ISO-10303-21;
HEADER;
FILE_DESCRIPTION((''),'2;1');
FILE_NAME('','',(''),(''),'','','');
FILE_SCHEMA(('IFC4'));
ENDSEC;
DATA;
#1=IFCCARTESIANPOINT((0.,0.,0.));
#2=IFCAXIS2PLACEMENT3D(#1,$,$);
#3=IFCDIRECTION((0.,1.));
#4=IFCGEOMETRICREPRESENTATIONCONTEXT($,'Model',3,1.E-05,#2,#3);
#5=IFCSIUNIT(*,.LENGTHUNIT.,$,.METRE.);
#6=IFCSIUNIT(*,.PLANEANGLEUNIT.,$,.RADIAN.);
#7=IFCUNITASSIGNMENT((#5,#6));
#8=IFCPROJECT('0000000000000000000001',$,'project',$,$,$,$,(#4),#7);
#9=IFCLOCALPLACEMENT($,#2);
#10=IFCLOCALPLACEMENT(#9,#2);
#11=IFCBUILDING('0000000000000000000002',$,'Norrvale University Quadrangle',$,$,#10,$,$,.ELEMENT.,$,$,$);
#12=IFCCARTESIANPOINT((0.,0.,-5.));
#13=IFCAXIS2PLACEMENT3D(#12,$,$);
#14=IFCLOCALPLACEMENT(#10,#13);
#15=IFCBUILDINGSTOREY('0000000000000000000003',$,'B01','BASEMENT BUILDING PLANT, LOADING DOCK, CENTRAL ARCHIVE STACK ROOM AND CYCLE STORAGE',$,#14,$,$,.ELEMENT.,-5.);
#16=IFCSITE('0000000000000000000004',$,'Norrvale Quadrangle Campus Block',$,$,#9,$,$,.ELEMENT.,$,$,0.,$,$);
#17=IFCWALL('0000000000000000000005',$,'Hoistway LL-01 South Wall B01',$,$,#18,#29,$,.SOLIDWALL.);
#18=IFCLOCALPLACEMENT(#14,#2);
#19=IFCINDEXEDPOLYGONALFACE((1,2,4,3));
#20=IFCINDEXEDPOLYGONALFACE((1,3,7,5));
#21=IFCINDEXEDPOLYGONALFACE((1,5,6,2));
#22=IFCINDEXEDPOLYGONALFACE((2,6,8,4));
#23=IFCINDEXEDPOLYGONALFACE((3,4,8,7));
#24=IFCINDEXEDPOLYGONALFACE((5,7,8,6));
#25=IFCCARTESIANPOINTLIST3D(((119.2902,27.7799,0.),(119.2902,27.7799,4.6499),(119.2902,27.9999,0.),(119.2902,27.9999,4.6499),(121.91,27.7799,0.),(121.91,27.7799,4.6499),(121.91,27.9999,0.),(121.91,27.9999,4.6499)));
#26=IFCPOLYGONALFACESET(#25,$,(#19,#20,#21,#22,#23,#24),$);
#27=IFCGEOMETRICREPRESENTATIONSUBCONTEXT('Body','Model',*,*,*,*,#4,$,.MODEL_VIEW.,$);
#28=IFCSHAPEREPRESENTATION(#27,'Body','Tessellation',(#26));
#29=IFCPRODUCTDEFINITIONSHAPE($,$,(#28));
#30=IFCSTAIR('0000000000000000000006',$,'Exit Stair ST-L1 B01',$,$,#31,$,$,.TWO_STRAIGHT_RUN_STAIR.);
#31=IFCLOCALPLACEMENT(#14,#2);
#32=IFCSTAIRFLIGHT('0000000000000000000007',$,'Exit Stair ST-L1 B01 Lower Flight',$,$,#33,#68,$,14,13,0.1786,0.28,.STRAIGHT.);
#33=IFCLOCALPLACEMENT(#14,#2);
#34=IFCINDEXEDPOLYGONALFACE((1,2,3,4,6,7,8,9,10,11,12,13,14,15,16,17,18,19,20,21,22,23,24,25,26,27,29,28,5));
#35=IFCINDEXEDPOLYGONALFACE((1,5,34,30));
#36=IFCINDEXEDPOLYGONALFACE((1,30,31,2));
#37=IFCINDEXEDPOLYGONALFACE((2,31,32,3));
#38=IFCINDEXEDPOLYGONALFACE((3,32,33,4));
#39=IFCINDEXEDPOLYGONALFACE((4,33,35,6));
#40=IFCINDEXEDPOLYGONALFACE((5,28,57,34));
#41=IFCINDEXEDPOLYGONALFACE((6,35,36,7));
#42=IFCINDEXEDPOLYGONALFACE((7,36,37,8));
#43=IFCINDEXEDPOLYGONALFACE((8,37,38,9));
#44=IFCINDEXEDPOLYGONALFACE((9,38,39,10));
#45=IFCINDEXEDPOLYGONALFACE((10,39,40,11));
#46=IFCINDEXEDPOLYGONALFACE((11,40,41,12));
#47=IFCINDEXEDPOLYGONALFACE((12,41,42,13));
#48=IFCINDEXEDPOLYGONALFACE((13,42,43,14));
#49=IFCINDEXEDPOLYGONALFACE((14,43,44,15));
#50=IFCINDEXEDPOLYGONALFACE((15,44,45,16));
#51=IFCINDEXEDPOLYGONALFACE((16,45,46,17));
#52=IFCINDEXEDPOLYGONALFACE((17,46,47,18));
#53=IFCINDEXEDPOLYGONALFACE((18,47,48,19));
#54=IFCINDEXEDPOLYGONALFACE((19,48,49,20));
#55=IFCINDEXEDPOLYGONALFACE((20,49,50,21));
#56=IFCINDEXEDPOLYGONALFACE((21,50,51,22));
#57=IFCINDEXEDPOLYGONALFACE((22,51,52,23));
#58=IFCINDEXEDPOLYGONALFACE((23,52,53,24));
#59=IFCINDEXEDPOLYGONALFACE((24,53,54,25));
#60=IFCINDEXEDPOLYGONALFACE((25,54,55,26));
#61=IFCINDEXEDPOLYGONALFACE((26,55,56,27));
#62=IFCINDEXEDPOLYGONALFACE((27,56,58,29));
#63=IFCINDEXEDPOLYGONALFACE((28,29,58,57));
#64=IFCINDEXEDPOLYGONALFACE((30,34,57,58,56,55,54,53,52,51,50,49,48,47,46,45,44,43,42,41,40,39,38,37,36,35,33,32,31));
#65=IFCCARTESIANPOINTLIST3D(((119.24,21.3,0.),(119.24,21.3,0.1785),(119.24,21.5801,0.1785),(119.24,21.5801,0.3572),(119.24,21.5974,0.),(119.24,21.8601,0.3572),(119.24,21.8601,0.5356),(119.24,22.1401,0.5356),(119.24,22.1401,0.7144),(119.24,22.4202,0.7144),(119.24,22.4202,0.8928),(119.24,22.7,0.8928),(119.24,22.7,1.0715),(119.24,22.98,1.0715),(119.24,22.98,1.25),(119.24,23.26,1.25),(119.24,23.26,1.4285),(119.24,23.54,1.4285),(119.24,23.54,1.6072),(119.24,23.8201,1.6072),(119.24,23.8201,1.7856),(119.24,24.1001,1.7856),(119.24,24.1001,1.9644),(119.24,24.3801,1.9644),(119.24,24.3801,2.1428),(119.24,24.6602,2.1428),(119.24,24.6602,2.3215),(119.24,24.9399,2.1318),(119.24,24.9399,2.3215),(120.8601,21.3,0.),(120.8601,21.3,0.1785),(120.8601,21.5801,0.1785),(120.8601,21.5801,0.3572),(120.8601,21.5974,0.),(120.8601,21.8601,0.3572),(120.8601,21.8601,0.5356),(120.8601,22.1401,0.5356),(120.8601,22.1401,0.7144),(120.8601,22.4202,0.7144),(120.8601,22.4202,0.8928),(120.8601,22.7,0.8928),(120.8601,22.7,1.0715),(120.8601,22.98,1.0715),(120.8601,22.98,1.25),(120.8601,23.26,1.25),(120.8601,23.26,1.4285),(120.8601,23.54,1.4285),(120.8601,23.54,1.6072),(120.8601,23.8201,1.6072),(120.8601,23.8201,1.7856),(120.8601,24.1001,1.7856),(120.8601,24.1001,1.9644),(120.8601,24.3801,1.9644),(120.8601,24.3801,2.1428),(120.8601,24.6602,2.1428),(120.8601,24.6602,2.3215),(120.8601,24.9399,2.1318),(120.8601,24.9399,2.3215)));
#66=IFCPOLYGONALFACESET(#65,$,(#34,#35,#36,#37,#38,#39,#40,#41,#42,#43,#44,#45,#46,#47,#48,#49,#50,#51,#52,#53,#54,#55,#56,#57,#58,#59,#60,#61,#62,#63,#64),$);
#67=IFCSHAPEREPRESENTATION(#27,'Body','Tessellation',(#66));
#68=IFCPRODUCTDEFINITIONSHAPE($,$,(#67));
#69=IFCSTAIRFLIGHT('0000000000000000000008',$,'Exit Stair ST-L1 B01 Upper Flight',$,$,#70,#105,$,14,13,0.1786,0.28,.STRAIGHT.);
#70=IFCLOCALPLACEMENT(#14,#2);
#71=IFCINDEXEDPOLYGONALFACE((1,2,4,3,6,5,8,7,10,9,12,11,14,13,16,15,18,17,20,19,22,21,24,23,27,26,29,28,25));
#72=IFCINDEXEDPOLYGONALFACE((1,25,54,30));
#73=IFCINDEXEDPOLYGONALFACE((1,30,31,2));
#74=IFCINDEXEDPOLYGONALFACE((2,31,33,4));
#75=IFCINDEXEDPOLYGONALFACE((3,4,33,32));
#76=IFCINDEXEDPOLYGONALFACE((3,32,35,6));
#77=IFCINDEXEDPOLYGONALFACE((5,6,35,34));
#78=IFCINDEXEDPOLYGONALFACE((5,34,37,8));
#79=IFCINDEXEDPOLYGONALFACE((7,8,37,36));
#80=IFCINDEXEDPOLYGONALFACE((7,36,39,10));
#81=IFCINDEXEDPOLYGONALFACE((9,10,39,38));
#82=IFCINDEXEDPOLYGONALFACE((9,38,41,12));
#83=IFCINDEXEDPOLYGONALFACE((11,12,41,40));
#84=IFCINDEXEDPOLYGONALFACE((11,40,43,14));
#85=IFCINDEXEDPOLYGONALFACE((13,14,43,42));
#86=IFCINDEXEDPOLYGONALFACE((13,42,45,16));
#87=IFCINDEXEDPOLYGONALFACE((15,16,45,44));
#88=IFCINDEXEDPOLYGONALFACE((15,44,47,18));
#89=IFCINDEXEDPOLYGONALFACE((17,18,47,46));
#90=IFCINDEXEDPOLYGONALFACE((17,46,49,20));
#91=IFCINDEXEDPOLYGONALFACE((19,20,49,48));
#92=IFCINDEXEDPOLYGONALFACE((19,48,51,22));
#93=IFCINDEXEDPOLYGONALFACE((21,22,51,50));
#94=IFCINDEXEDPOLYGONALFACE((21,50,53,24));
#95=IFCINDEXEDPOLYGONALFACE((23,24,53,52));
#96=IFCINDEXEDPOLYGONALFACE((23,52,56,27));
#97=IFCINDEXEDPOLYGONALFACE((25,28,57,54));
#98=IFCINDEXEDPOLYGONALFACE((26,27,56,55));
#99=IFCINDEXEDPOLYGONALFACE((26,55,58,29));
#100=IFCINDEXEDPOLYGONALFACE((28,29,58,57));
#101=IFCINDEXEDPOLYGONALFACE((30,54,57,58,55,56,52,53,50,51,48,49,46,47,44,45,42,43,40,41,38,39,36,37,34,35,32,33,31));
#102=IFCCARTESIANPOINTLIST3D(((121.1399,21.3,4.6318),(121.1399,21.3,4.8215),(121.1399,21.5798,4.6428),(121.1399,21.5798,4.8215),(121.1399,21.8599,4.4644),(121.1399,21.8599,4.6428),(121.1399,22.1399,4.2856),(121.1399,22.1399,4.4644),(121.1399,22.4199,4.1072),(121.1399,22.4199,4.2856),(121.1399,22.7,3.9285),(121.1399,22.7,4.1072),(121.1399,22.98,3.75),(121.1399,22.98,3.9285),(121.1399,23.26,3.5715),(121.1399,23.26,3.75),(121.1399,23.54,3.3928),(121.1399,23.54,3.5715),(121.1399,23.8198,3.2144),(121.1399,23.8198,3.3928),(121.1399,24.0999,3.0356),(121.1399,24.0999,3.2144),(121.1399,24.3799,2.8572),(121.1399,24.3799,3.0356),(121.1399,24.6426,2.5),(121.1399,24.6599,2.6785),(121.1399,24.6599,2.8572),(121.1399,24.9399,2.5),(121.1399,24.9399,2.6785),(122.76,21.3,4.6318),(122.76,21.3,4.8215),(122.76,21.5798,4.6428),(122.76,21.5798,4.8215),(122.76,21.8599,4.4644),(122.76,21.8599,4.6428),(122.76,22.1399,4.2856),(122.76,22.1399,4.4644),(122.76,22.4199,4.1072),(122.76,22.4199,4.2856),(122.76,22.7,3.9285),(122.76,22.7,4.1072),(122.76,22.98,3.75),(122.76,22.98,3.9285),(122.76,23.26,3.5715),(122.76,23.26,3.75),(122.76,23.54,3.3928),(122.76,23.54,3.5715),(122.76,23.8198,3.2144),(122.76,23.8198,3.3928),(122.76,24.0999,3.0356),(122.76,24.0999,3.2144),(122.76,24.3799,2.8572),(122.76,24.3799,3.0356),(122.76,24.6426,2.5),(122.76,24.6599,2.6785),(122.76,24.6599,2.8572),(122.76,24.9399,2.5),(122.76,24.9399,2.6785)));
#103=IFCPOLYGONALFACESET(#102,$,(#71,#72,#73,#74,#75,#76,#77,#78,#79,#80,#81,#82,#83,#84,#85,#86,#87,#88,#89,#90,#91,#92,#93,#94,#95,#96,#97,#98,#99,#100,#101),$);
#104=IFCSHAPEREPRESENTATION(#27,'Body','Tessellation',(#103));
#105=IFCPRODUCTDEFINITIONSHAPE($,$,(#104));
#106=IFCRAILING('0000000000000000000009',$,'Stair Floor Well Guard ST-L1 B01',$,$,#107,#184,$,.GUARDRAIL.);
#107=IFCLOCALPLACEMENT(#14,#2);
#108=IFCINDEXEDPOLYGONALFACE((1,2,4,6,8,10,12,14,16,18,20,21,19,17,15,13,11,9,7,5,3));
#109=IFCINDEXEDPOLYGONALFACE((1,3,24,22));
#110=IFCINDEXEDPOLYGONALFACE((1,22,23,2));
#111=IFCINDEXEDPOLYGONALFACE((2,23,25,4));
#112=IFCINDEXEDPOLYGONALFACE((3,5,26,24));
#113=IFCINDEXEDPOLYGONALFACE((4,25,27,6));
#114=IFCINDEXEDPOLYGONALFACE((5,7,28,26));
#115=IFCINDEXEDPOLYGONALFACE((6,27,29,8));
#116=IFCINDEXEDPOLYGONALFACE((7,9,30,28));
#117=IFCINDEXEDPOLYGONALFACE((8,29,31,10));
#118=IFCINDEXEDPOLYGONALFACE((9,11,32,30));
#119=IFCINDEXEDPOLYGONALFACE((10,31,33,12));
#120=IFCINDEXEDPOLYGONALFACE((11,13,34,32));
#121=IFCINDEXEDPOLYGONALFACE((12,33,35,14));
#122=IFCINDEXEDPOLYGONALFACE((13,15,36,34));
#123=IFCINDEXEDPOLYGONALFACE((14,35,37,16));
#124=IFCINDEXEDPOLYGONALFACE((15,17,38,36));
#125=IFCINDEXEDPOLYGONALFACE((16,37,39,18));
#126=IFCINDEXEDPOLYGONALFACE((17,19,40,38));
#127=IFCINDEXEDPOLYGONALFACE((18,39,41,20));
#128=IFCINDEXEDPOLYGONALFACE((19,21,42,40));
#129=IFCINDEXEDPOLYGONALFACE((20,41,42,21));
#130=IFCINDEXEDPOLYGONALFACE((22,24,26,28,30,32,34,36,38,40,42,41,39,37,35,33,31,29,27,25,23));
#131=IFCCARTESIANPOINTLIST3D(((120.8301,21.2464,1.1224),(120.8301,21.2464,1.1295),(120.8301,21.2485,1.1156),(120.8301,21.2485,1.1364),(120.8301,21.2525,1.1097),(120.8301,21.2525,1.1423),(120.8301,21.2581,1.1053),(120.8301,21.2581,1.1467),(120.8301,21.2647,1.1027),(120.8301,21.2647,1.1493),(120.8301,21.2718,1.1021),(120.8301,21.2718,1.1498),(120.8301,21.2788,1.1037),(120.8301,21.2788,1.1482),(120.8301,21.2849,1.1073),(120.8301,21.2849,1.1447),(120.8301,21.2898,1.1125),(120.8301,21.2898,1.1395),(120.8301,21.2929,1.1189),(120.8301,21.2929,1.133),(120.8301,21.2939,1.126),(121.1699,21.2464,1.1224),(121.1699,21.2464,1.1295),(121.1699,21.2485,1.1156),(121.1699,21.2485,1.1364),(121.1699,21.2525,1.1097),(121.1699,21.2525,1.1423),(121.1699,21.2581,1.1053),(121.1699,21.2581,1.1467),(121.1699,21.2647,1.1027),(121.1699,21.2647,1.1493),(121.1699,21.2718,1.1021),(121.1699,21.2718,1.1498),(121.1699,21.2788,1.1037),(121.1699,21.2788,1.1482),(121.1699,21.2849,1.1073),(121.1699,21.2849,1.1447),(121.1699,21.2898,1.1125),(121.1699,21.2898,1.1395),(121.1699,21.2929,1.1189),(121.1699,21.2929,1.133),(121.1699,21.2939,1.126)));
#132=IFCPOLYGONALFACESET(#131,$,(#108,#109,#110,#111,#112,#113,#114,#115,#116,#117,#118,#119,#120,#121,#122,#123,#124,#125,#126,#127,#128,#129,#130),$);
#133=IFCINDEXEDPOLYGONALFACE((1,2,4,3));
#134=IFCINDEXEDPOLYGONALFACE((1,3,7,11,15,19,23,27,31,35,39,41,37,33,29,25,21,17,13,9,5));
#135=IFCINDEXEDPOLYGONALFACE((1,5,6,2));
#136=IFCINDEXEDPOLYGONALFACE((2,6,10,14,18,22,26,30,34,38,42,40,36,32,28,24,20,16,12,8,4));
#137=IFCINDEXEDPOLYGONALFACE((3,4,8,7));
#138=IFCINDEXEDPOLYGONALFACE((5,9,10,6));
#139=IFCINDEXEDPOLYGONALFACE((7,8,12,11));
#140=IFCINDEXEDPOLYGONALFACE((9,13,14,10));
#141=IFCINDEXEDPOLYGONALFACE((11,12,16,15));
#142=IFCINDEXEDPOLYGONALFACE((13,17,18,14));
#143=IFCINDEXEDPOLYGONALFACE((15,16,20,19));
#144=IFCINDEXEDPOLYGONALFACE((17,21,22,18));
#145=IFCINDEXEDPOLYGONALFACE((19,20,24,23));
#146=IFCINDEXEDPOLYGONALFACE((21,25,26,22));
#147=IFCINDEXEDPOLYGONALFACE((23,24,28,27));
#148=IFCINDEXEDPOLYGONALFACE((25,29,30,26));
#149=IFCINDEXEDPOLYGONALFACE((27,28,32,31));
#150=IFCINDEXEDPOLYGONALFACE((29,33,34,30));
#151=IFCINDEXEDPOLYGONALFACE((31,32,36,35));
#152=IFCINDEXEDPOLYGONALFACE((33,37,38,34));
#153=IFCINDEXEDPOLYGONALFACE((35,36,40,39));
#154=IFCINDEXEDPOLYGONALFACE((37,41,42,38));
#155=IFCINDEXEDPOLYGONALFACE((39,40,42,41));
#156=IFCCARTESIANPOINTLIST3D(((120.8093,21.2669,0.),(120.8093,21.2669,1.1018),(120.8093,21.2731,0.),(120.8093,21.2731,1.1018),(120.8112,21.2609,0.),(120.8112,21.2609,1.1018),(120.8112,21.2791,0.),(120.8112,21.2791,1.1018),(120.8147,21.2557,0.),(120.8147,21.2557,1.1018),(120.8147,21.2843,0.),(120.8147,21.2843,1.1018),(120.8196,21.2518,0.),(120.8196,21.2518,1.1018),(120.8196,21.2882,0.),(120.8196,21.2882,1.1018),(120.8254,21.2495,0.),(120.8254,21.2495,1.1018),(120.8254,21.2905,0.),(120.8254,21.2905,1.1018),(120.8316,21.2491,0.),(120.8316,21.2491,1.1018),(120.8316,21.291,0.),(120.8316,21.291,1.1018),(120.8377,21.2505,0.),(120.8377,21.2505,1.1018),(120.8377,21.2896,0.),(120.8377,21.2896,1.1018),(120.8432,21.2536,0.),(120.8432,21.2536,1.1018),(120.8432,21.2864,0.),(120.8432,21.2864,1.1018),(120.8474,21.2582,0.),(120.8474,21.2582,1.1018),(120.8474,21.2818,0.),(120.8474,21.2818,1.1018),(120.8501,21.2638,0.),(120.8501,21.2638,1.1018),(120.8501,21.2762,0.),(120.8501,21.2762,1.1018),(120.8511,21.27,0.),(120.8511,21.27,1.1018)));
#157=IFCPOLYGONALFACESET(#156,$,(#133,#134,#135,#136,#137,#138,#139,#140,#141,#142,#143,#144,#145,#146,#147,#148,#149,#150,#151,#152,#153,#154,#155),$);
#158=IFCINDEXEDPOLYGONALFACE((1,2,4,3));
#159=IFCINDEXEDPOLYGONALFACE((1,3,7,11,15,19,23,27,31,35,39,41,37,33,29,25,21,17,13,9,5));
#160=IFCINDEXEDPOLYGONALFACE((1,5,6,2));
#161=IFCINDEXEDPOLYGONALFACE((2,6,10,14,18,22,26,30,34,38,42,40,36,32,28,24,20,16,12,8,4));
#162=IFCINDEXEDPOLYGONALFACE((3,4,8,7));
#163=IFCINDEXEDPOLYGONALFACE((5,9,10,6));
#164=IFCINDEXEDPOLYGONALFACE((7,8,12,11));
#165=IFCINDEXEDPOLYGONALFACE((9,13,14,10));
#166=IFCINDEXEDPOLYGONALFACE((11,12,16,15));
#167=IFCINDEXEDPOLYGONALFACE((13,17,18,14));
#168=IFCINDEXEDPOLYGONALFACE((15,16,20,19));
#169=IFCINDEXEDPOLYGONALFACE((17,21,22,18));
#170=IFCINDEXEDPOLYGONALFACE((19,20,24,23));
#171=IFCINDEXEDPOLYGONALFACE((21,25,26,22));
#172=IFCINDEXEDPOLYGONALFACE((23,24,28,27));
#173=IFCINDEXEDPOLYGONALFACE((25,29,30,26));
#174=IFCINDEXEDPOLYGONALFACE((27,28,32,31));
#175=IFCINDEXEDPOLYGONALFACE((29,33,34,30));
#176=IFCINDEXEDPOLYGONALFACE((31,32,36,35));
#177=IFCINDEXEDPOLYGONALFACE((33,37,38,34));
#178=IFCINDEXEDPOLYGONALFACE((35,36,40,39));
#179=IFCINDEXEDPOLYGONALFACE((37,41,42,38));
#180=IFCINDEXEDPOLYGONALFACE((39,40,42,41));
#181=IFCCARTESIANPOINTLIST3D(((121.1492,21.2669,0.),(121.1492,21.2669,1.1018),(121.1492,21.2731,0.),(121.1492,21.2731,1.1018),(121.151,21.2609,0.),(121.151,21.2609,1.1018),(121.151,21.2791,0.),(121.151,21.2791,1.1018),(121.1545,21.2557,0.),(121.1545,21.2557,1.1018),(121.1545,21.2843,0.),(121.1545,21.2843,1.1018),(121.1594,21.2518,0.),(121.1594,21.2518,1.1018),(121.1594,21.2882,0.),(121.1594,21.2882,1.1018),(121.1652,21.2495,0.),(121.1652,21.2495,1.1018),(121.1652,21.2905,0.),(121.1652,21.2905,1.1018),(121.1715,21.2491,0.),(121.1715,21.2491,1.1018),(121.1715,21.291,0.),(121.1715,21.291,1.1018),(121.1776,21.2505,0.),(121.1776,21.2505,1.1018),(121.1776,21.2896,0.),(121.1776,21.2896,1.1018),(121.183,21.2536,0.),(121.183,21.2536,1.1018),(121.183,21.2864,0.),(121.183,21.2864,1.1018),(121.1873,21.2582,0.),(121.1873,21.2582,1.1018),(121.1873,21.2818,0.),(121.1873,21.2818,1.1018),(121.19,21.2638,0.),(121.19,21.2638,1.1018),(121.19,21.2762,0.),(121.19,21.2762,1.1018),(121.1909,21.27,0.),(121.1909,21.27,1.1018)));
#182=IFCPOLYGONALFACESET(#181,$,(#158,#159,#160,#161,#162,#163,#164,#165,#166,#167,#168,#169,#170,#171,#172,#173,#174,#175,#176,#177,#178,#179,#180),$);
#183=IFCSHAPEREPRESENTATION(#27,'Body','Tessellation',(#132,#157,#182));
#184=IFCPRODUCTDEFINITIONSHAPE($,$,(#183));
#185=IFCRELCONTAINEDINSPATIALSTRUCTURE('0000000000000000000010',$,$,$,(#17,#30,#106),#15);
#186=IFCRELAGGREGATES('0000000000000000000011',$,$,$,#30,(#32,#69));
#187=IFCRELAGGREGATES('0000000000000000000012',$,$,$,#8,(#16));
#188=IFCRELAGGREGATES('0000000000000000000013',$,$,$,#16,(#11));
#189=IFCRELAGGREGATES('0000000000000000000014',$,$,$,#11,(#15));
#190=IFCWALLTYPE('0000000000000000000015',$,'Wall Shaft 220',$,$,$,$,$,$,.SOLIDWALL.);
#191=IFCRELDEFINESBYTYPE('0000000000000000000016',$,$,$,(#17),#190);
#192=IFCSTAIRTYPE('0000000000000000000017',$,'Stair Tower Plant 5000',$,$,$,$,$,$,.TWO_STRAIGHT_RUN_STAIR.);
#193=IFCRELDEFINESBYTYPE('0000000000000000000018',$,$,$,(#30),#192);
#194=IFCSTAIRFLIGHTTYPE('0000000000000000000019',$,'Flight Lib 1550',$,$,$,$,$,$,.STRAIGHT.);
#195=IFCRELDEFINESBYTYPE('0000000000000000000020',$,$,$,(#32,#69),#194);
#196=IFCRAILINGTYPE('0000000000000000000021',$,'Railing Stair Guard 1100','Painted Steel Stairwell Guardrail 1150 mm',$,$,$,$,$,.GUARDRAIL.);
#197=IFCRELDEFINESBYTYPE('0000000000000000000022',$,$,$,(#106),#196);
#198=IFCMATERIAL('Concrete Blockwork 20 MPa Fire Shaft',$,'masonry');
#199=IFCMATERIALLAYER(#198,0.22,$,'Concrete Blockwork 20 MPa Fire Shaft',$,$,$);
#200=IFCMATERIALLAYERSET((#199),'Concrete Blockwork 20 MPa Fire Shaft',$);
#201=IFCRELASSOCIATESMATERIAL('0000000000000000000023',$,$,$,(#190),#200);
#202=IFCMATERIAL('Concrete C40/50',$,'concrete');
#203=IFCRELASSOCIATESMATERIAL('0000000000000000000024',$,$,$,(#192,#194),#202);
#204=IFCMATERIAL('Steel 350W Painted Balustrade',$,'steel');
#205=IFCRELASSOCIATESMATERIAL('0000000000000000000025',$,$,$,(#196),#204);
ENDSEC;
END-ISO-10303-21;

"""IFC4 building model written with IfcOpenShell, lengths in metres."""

from ifc_helpers import new_model, si_unit, direction, frame, frame_2d, origin, origin_2d, place, context, subcontext, project, spatial, polyline, rectangle, circle, outline, extrude, material, layer, layer_set, type_object, element, aggregate, save


model = new_model("IFC4")

# Units and contexts
model_context = context("Model", 3, precision=1e-05, world=origin(), true_north=direction((0.0, 1.0)))
body_context = subcontext(model_context, "Body", "Model", "MODEL_VIEW")
ifc_project = project(units=[si_unit("LENGTHUNIT", "METRE"), si_unit("PLANEANGLEUNIT", "RADIAN")], contexts=[model_context])

# Site, building, storey
site_placement = place(None, origin())
site = spatial("IfcSite", under=ifc_project, at=site_placement, Name="Norrvale Quadrangle Campus Block", CompositionType="ELEMENT", RefElevation=0.0)
building_placement = place(site_placement, origin())
building = spatial("IfcBuilding", under=site, at=building_placement, Name="Norrvale University Quadrangle", CompositionType="ELEMENT")
storey_placement = place(building_placement, frame((0.0, 0.0, -5.0)))
storey = spatial("IfcBuildingStorey", under=building, at=storey_placement, Name="B01", Description="BASEMENT BUILDING PLANT, LOADING DOCK, CENTRAL ARCHIVE STACK ROOM AND CYCLE STORAGE", CompositionType="ELEMENT", Elevation=-5.0)

# Shared definitions
ifc_material_1 = material(Name="Concrete Blockwork 20 MPa Fire Shaft", Category="masonry")
ifc_layer_1 = layer(ifc_material_1, 0.22, Name="Concrete Blockwork 20 MPa Fire Shaft")
ifc_layer_set_1 = layer_set([ifc_layer_1], Name="Concrete Blockwork 20 MPa Fire Shaft")
wall_type_1 = type_object("IfcWallType", Name="Wall Shaft 220", PredefinedType="SOLIDWALL", material=ifc_layer_set_1)

# Wall
wall_1_placement = place(storey_placement, frame((119.29, 27.8899, 0.0), z_axis=(0.0, 0.0, 1.0), x_axis=(1.0, 0.0, 0.0)))
element("IfcWall", 1, at=wall_1_placement, inside=storey, type_object=wall_type_1, Name="Hoistway LL-01 South Wall B01", PredefinedType="SOLIDWALL", context=body_context, shape_type="SweptSolid", body=[
    extrude(rectangle(XDim=2.6199, YDim=0.22, at=frame_2d((1.3101, 0.0))), origin(), (0.0, 0.0, 1.0), 4.6499),
])

# Stair, stair flights
ifc_material_2 = material(Name="Concrete C40/50", Category="concrete")
stair_type = type_object("IfcStairType", Name="Stair Tower Plant 5000", PredefinedType="TWO_STRAIGHT_RUN_STAIR", material=ifc_material_2)
stair_placement = place(storey_placement, origin())
stair = element("IfcStair", 2, at=stair_placement, inside=storey, type_object=stair_type, Name="Exit Stair ST-L1 B01", PredefinedType="TWO_STRAIGHT_RUN_STAIR")
stair_flight_type = type_object("IfcStairFlightType", Name="Flight Lib 1550", PredefinedType="STRAIGHT", material=ifc_material_2)
stair_flight_1_placement = place(storey_placement, frame((120.05, 21.3, 0.0), z_axis=(0.0, 0.0, 1.0), x_axis=(0.0, 1.0, 0.0)))
stair_flight_1 = element("IfcStairFlight", 3, at=stair_flight_1_placement, type_object=stair_flight_type, Name="Exit Stair ST-L1 B01 Lower Flight", NumberOfRisers=14, NumberOfTreads=13, PredefinedType="STRAIGHT", RiserHeight=0.1786, TreadLength=0.28, context=body_context, shape_type="SweptSolid", body=[
    extrude(outline(polyline([(0.0, 0.0), (0.0, 0.1785), (0.28, 0.1785), (0.28, 0.3572), (0.5601, 0.3572), (0.5601, 0.5356), (0.8401, 0.5356), (0.8401, 0.7144), (1.1201, 0.7144), (1.1201, 0.8928), (1.3999, 0.8928), (1.3999, 1.0715), (1.6799, 1.0715), (1.6799, 1.25), (1.96, 1.25), (1.96, 1.4285), (2.24, 1.4285), (2.24, 1.6072), (2.52, 1.6072), (2.52, 1.7856), (2.8, 1.7856), (2.8, 1.9644), (3.0801, 1.9644), (3.0801, 2.1428), (3.3601, 2.1428), (3.3601, 2.3215), (3.6399, 2.3215), (3.6399, 2.5), (3.6399, 2.1318), (0.2974, 0.0), (0.0, 0.0)])), frame((0.0, 0.8101, 0.0), z_axis=(0.0, -1.0, 0.0), x_axis=(1.0, 0.0, 0.0)), (0.0, 0.0, 1.0), 1.6201),
])
stair_flight_2_placement = place(storey_placement, frame((121.95, 24.9399, 2.5), z_axis=(0.0, 0.0, 1.0), x_axis=(0.0, -1.0, 0.0)))
stair_flight_2 = element("IfcStairFlight", 4, at=stair_flight_2_placement, type_object=stair_flight_type, Name="Exit Stair ST-L1 B01 Upper Flight", NumberOfRisers=14, NumberOfTreads=13, PredefinedType="STRAIGHT", RiserHeight=0.1786, TreadLength=0.28, context=body_context, shape_type="SweptSolid", body=[
    extrude(outline(polyline([(0.0, 0.0), (0.0, 0.1785), (0.28, 0.1785), (0.28, 0.3572), (0.5601, 0.3572), (0.5601, 0.5356), (0.8401, 0.5356), (0.8401, 0.7144), (1.1201, 0.7144), (1.1201, 0.8928), (1.3999, 0.8928), (1.3999, 1.0715), (1.6799, 1.0715), (1.6799, 1.25), (1.96, 1.25), (1.96, 1.4285), (2.24, 1.4285), (2.24, 1.6072), (2.52, 1.6072), (2.52, 1.7856), (2.8, 1.7856), (2.8, 1.9644), (3.0801, 1.9644), (3.0801, 2.1428), (3.3601, 2.1428), (3.3601, 2.3215), (3.6399, 2.3215), (3.6399, 2.5), (3.6399, 2.1318), (0.2974, 0.0), (0.0, 0.0)])), frame((0.0, 0.8101, 0.0), z_axis=(0.0, -1.0, 0.0), x_axis=(1.0, 0.0, 0.0)), (0.0, 0.0, 1.0), 1.6201),
])
aggregate(stair, [stair_flight_1, stair_flight_2])

# Railing
ifc_material_3 = material(Name="Steel 350W Painted Balustrade", Category="steel")
railing_type_1 = type_object("IfcRailingType", Name="Railing Stair Guard 1100", Description="Painted Steel Stairwell Guardrail 1150 mm", PredefinedType="GUARDRAIL", material=ifc_material_3)
for number, where, name in (
    (5, (120.8301, 21.27, 0.0), "Stair Floor Well Guard ST-L1 B01"),
):
    element("IfcRailing", number, at=place(storey_placement, frame(where)), inside=storey, type_object=railing_type_1, Name=name, PredefinedType="GUARDRAIL", context=body_context, shape_type="SweptSolid", body=[
        extrude(circle(Radius=0.0239, at=origin_2d()), frame((0.0, 0.0, 1.126), z_axis=(1.0, 0.0, 0.0), x_axis=(0.0, 1.0, 0.0)), (0.0, 0.0, 1.0), 0.3398),
        extrude(circle(Radius=0.021, at=origin_2d()), origin(), (0.0, 0.0, 1.0), 1.1018),
        extrude(circle(Radius=0.021, at=origin_2d()), frame((0.3398, 0.0, 0.0)), (0.0, 0.0, 1.0), 1.1018),
    ])

save(model, "model.ifc")
